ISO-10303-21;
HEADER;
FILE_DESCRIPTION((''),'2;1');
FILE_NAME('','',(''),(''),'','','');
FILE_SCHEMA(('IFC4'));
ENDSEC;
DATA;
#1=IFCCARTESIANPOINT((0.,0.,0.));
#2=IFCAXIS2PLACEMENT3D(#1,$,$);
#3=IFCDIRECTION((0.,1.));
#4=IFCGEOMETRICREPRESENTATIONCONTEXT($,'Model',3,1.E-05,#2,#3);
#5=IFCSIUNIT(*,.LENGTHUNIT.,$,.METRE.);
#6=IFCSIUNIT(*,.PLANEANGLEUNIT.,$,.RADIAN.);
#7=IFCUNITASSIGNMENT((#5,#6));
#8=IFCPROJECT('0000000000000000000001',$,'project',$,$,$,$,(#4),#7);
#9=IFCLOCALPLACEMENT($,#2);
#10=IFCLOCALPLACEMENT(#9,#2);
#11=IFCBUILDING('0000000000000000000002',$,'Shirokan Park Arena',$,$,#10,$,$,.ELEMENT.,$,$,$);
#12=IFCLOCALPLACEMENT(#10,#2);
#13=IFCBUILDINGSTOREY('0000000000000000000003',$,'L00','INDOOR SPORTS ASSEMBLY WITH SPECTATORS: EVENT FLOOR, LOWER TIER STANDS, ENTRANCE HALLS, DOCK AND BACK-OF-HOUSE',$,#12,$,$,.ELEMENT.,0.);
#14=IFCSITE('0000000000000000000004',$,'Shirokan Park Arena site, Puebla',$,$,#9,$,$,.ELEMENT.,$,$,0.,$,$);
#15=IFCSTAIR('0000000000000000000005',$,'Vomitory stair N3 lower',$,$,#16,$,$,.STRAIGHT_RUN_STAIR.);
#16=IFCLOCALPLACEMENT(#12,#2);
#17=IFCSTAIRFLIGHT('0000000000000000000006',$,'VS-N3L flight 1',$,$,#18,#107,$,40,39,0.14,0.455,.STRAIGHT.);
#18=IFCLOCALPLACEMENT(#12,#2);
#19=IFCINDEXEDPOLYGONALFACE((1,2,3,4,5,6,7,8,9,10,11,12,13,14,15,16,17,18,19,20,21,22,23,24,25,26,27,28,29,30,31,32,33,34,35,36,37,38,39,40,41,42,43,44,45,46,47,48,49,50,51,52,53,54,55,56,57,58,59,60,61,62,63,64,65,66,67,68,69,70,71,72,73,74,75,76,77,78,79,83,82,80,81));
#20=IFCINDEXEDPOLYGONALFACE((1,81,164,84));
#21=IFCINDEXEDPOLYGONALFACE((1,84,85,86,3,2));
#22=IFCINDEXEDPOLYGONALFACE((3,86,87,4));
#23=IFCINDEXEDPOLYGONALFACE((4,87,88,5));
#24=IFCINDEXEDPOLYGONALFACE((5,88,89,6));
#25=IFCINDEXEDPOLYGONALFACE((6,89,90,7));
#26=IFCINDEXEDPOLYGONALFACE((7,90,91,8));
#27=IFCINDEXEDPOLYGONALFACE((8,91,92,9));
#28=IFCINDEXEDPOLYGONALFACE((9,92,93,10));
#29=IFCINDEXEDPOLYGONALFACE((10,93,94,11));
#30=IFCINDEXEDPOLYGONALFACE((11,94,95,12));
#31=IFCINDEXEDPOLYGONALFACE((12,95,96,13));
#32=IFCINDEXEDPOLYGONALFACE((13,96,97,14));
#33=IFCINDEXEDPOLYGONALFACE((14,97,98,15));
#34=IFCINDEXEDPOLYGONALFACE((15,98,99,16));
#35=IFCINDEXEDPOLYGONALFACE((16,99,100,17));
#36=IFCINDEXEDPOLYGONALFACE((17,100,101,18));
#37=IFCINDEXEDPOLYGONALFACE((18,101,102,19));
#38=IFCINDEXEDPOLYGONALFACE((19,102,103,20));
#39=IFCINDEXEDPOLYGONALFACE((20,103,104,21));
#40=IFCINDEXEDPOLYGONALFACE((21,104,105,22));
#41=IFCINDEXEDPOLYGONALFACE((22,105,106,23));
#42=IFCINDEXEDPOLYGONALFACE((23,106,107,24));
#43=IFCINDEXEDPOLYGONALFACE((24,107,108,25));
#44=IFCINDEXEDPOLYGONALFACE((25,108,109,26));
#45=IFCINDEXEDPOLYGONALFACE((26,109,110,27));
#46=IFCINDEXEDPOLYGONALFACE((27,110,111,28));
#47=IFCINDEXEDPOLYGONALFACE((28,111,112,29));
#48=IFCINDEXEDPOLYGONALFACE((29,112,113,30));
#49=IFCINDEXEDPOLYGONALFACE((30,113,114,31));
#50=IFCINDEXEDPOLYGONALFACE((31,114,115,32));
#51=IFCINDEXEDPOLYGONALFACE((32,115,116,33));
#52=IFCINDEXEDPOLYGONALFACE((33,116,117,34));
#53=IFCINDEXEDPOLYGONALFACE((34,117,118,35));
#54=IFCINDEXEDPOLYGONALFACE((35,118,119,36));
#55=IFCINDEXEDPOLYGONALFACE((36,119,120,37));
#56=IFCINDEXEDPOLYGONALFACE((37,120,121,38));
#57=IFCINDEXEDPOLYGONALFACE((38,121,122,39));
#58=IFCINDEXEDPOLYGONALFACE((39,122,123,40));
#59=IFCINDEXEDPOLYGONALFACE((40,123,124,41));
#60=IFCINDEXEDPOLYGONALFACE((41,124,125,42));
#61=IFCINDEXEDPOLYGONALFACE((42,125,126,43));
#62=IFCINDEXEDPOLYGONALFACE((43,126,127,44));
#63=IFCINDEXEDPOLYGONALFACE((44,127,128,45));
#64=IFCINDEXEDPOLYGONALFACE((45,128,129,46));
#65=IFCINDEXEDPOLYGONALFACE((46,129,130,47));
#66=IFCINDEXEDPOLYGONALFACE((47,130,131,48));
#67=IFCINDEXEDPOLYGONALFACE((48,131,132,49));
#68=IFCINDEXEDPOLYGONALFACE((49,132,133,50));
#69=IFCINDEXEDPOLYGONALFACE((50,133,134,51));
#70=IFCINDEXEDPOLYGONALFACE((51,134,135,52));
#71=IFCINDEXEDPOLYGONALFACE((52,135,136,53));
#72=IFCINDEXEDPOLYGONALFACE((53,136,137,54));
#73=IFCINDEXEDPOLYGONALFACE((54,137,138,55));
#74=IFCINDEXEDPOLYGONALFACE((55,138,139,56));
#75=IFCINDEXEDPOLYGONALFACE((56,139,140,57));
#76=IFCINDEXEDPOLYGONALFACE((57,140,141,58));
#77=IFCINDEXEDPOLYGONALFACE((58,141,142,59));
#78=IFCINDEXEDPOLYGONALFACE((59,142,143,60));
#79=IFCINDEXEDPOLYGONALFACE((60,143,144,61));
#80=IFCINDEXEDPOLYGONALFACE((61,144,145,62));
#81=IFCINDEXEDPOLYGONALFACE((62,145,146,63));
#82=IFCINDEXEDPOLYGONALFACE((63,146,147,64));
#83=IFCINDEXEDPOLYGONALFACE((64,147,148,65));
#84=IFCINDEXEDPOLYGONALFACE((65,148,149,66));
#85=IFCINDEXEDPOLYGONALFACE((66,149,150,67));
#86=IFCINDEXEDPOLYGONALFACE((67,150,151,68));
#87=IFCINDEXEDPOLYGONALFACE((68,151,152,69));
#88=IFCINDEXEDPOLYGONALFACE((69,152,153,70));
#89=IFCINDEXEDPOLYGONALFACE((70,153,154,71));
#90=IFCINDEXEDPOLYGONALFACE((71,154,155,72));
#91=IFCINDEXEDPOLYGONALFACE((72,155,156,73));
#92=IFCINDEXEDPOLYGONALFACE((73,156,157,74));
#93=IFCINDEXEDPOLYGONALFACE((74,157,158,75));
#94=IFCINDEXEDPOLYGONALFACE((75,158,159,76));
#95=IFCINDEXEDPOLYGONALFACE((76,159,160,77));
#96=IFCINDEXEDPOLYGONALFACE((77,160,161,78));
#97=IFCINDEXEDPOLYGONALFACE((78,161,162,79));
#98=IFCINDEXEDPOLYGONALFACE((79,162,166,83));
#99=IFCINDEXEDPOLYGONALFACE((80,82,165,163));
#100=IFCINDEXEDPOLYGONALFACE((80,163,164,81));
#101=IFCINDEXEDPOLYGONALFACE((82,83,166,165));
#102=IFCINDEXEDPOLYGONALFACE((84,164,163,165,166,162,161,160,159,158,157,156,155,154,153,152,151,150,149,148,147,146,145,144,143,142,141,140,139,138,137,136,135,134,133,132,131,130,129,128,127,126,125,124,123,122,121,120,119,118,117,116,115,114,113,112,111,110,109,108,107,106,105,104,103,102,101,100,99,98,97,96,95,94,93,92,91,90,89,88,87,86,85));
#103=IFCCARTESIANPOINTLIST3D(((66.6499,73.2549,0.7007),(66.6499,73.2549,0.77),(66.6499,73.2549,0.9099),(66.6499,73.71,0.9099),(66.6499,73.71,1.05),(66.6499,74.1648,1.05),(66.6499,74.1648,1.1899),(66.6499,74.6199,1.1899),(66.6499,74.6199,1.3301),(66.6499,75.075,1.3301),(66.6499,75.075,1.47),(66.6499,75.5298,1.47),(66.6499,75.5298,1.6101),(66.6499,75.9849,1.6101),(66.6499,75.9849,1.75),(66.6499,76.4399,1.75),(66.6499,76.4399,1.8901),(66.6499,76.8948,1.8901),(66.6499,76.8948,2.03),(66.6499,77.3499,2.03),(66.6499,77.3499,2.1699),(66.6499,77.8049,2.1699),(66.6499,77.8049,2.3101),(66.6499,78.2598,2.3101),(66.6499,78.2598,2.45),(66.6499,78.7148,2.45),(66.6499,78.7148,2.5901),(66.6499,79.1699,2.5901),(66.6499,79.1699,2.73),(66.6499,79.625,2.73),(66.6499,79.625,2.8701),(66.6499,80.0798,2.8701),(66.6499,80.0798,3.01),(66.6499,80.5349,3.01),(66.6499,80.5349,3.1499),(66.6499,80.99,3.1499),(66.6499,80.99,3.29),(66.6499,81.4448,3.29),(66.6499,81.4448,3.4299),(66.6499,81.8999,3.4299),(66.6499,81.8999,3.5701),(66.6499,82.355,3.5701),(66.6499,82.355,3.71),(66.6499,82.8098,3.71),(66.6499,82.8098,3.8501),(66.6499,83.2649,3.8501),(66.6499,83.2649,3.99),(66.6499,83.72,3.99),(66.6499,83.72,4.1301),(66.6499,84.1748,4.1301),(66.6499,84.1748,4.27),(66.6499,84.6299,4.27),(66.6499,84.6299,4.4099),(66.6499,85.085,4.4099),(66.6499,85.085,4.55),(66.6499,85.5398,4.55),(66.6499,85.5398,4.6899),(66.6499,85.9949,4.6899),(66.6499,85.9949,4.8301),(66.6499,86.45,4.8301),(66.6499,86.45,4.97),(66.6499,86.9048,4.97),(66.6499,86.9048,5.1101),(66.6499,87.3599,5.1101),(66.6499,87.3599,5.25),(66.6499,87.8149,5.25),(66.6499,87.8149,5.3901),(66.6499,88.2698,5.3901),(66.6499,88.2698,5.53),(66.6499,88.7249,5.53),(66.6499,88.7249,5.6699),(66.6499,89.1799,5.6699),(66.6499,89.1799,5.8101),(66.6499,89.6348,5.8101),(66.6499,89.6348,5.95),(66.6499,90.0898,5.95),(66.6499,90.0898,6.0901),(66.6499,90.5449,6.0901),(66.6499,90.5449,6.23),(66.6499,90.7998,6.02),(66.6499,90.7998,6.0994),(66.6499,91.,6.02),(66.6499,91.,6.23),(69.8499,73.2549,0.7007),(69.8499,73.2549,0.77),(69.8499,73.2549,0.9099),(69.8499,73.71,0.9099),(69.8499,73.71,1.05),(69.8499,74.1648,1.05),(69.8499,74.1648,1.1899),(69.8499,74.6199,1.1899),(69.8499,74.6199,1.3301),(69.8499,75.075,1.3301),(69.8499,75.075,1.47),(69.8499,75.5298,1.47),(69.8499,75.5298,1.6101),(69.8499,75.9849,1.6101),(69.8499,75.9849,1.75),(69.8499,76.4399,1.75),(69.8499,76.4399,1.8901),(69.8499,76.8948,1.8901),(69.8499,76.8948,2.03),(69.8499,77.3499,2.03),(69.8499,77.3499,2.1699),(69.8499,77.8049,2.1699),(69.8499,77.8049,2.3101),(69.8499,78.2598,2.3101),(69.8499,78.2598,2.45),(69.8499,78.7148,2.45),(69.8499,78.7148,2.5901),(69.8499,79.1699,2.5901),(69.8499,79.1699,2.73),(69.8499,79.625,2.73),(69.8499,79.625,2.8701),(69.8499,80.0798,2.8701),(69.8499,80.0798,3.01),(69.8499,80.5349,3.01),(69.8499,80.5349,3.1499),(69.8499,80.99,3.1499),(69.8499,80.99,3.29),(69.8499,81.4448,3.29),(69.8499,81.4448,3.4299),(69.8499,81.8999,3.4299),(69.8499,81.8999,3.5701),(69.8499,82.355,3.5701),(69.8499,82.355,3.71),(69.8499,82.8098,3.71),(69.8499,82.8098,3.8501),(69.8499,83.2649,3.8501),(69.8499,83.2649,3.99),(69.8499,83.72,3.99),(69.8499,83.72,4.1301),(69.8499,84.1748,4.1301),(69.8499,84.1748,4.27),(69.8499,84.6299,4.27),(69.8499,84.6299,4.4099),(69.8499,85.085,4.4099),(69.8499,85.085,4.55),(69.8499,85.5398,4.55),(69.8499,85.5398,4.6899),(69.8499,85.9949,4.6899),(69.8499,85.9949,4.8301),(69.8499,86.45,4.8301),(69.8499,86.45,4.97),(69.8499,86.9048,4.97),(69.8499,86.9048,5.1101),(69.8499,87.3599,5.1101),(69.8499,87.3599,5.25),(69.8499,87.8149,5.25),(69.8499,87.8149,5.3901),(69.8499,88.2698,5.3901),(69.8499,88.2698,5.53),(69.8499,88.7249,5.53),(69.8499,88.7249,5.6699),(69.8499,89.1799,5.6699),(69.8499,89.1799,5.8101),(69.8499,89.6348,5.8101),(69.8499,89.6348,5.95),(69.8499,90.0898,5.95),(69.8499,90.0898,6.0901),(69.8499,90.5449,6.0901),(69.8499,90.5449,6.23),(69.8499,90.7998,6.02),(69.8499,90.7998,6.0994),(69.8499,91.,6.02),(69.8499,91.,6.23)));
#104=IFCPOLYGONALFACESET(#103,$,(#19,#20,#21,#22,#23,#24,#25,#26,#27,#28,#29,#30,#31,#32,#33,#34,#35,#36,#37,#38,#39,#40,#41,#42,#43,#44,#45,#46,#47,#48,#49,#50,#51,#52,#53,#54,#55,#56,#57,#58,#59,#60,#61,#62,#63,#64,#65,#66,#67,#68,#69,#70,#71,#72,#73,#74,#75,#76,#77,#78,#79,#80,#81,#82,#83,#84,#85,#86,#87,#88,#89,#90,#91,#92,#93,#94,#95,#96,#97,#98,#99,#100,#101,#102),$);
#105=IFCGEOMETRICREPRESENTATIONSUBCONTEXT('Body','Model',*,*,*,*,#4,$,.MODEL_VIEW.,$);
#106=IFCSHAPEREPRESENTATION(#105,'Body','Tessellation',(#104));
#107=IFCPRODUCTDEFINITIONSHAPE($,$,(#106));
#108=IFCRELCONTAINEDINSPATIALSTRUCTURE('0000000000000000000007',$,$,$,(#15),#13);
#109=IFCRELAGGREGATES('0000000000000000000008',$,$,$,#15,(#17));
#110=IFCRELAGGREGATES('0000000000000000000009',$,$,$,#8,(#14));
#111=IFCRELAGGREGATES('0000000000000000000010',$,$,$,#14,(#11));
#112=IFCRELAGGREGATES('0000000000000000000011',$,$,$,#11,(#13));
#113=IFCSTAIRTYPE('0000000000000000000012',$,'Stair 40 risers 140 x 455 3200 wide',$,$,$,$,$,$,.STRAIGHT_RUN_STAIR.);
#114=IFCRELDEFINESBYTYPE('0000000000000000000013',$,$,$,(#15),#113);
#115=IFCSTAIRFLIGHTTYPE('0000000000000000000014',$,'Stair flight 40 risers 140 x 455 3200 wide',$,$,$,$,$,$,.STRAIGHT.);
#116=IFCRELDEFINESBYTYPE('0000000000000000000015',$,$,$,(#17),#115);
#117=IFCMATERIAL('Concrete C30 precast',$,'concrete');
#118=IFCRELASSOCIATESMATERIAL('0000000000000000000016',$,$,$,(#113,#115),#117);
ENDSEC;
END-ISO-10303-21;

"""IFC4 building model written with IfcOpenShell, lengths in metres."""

from ifc_helpers import new_model, si_unit, direction, frame, origin, place, context, subcontext, project, spatial, polyline, outline, extrude, material, type_object, element, aggregate, save


model = new_model("IFC4")

# Units and contexts
model_context = context("Model", 3, precision=1e-05, world=origin(), true_north=direction((0.0, 1.0)))
body_context = subcontext(model_context, "Body", "Model", "MODEL_VIEW")
ifc_project = project(units=[si_unit("LENGTHUNIT", "METRE"), si_unit("PLANEANGLEUNIT", "RADIAN")], contexts=[model_context])

# Site, building, storey
site_placement = place(None, origin())
site = spatial("IfcSite", under=ifc_project, at=site_placement, Name="Shirokan Park Arena site, Puebla", CompositionType="ELEMENT", RefElevation=0.0)
building_placement = place(site_placement, origin())
building = spatial("IfcBuilding", under=site, at=building_placement, Name="Shirokan Park Arena", CompositionType="ELEMENT")
storey_placement = place(building_placement, origin())
storey = spatial("IfcBuildingStorey", under=building, at=storey_placement, Name="L00", Description="INDOOR SPORTS ASSEMBLY WITH SPECTATORS: EVENT FLOOR, LOWER TIER STANDS, ENTRANCE HALLS, DOCK AND BACK-OF-HOUSE", CompositionType="ELEMENT", Elevation=0.0)

# Stair, stair flight
ifc_material_1 = material(Name="Concrete C30 precast", Category="concrete")
stair_type = type_object("IfcStairType", Name="Stair 40 risers 140 x 455 3200 wide", PredefinedType="STRAIGHT_RUN_STAIR", material=ifc_material_1)
stair_1_placement = place(storey_placement, origin())
stair_1 = element("IfcStair", 1, at=stair_1_placement, inside=storey, type_object=stair_type, Name="Vomitory stair N3 lower", PredefinedType="STRAIGHT_RUN_STAIR")
stair_flight_type = type_object("IfcStairFlightType", Name="Stair flight 40 risers 140 x 455 3200 wide", PredefinedType="STRAIGHT", material=ifc_material_1)
stair_flight_1_placement = place(storey_placement, frame((68.25, 73.2549, 0.77), z_axis=(0.0, 0.0, 1.0), x_axis=(0.0, 1.0, 0.0)))
stair_flight_1 = element("IfcStairFlight", 2, at=stair_flight_1_placement, type_object=stair_flight_type, Name="VS-N3L flight 1", NumberOfRisers=40, NumberOfTreads=39, PredefinedType="STRAIGHT", RiserHeight=0.14, TreadLength=0.455, context=body_context, shape_type="SweptSolid", body=[
    extrude(outline(polyline([(0.0, -0.0693), (0.0, 0.0), (0.0, 0.1399), (0.4551, 0.1399), (0.4551, 0.28), (0.9099, 0.28), (0.9099, 0.4199), (1.365, 0.4199), (1.365, 0.5601), (1.8201, 0.5601), (1.8201, 0.7), (2.2749, 0.7), (2.2749, 0.8401), (2.73, 0.8401), (2.73, 0.98), (3.1851, 0.98), (3.1851, 1.1201), (3.6399, 1.1201), (3.6399, 1.26), (4.095, 1.26), (4.095, 1.3999), (4.55, 1.3999), (4.55, 1.54), (5.0049, 1.54), (5.0049, 1.6799), (5.46, 1.6799), (5.46, 1.8201), (5.915, 1.8201), (5.915, 1.96), (6.3701, 1.96), (6.3701, 2.1001), (6.825, 2.1001), (6.825, 2.24), (7.28, 2.24), (7.28, 2.3799), (7.7351, 2.3799), (7.7351, 2.52), (8.1899, 2.52), (8.1899, 2.6599), (8.645, 2.6599), (8.645, 2.8), (9.1001, 2.8), (9.1001, 2.9399), (9.5549, 2.9399), (9.5549, 3.0801), (10.01, 3.0801), (10.01, 3.22), (10.4651, 3.22), (10.4651, 3.3601), (10.9199, 3.3601), (10.9199, 3.5), (11.375, 3.5), (11.375, 3.6399), (11.8301, 3.6399), (11.8301, 3.78), (12.2849, 3.78), (12.2849, 3.9199), (12.74, 3.9199), (12.74, 4.0601), (13.1951, 4.0601), (13.1951, 4.2), (13.6499, 4.2), (13.6499, 4.3401), (14.105, 4.3401), (14.105, 4.48), (14.5601, 4.48), (14.5601, 4.6201), (15.0149, 4.6201), (15.0149, 4.76), (15.47, 4.76), (15.47, 4.8999), (15.925, 4.8999), (15.925, 5.04), (16.3799, 5.04), (16.3799, 5.1799), (16.835, 5.1799), (16.835, 5.3201), (17.29, 5.3201), (17.29, 5.46), (17.7451, 5.46), (17.7451, 5.6001), (17.7451, 5.25), (17.5449, 5.25), (17.5449, 5.3293), (0.0, -0.0693)])), frame((0.0, 1.6001, 0.0), z_axis=(0.0, -1.0, 0.0), x_axis=(1.0, 0.0, 0.0)), (0.0, 0.0, 1.0), 3.2),
])
aggregate(stair_1, [stair_flight_1])

save(model, "model.ifc")
